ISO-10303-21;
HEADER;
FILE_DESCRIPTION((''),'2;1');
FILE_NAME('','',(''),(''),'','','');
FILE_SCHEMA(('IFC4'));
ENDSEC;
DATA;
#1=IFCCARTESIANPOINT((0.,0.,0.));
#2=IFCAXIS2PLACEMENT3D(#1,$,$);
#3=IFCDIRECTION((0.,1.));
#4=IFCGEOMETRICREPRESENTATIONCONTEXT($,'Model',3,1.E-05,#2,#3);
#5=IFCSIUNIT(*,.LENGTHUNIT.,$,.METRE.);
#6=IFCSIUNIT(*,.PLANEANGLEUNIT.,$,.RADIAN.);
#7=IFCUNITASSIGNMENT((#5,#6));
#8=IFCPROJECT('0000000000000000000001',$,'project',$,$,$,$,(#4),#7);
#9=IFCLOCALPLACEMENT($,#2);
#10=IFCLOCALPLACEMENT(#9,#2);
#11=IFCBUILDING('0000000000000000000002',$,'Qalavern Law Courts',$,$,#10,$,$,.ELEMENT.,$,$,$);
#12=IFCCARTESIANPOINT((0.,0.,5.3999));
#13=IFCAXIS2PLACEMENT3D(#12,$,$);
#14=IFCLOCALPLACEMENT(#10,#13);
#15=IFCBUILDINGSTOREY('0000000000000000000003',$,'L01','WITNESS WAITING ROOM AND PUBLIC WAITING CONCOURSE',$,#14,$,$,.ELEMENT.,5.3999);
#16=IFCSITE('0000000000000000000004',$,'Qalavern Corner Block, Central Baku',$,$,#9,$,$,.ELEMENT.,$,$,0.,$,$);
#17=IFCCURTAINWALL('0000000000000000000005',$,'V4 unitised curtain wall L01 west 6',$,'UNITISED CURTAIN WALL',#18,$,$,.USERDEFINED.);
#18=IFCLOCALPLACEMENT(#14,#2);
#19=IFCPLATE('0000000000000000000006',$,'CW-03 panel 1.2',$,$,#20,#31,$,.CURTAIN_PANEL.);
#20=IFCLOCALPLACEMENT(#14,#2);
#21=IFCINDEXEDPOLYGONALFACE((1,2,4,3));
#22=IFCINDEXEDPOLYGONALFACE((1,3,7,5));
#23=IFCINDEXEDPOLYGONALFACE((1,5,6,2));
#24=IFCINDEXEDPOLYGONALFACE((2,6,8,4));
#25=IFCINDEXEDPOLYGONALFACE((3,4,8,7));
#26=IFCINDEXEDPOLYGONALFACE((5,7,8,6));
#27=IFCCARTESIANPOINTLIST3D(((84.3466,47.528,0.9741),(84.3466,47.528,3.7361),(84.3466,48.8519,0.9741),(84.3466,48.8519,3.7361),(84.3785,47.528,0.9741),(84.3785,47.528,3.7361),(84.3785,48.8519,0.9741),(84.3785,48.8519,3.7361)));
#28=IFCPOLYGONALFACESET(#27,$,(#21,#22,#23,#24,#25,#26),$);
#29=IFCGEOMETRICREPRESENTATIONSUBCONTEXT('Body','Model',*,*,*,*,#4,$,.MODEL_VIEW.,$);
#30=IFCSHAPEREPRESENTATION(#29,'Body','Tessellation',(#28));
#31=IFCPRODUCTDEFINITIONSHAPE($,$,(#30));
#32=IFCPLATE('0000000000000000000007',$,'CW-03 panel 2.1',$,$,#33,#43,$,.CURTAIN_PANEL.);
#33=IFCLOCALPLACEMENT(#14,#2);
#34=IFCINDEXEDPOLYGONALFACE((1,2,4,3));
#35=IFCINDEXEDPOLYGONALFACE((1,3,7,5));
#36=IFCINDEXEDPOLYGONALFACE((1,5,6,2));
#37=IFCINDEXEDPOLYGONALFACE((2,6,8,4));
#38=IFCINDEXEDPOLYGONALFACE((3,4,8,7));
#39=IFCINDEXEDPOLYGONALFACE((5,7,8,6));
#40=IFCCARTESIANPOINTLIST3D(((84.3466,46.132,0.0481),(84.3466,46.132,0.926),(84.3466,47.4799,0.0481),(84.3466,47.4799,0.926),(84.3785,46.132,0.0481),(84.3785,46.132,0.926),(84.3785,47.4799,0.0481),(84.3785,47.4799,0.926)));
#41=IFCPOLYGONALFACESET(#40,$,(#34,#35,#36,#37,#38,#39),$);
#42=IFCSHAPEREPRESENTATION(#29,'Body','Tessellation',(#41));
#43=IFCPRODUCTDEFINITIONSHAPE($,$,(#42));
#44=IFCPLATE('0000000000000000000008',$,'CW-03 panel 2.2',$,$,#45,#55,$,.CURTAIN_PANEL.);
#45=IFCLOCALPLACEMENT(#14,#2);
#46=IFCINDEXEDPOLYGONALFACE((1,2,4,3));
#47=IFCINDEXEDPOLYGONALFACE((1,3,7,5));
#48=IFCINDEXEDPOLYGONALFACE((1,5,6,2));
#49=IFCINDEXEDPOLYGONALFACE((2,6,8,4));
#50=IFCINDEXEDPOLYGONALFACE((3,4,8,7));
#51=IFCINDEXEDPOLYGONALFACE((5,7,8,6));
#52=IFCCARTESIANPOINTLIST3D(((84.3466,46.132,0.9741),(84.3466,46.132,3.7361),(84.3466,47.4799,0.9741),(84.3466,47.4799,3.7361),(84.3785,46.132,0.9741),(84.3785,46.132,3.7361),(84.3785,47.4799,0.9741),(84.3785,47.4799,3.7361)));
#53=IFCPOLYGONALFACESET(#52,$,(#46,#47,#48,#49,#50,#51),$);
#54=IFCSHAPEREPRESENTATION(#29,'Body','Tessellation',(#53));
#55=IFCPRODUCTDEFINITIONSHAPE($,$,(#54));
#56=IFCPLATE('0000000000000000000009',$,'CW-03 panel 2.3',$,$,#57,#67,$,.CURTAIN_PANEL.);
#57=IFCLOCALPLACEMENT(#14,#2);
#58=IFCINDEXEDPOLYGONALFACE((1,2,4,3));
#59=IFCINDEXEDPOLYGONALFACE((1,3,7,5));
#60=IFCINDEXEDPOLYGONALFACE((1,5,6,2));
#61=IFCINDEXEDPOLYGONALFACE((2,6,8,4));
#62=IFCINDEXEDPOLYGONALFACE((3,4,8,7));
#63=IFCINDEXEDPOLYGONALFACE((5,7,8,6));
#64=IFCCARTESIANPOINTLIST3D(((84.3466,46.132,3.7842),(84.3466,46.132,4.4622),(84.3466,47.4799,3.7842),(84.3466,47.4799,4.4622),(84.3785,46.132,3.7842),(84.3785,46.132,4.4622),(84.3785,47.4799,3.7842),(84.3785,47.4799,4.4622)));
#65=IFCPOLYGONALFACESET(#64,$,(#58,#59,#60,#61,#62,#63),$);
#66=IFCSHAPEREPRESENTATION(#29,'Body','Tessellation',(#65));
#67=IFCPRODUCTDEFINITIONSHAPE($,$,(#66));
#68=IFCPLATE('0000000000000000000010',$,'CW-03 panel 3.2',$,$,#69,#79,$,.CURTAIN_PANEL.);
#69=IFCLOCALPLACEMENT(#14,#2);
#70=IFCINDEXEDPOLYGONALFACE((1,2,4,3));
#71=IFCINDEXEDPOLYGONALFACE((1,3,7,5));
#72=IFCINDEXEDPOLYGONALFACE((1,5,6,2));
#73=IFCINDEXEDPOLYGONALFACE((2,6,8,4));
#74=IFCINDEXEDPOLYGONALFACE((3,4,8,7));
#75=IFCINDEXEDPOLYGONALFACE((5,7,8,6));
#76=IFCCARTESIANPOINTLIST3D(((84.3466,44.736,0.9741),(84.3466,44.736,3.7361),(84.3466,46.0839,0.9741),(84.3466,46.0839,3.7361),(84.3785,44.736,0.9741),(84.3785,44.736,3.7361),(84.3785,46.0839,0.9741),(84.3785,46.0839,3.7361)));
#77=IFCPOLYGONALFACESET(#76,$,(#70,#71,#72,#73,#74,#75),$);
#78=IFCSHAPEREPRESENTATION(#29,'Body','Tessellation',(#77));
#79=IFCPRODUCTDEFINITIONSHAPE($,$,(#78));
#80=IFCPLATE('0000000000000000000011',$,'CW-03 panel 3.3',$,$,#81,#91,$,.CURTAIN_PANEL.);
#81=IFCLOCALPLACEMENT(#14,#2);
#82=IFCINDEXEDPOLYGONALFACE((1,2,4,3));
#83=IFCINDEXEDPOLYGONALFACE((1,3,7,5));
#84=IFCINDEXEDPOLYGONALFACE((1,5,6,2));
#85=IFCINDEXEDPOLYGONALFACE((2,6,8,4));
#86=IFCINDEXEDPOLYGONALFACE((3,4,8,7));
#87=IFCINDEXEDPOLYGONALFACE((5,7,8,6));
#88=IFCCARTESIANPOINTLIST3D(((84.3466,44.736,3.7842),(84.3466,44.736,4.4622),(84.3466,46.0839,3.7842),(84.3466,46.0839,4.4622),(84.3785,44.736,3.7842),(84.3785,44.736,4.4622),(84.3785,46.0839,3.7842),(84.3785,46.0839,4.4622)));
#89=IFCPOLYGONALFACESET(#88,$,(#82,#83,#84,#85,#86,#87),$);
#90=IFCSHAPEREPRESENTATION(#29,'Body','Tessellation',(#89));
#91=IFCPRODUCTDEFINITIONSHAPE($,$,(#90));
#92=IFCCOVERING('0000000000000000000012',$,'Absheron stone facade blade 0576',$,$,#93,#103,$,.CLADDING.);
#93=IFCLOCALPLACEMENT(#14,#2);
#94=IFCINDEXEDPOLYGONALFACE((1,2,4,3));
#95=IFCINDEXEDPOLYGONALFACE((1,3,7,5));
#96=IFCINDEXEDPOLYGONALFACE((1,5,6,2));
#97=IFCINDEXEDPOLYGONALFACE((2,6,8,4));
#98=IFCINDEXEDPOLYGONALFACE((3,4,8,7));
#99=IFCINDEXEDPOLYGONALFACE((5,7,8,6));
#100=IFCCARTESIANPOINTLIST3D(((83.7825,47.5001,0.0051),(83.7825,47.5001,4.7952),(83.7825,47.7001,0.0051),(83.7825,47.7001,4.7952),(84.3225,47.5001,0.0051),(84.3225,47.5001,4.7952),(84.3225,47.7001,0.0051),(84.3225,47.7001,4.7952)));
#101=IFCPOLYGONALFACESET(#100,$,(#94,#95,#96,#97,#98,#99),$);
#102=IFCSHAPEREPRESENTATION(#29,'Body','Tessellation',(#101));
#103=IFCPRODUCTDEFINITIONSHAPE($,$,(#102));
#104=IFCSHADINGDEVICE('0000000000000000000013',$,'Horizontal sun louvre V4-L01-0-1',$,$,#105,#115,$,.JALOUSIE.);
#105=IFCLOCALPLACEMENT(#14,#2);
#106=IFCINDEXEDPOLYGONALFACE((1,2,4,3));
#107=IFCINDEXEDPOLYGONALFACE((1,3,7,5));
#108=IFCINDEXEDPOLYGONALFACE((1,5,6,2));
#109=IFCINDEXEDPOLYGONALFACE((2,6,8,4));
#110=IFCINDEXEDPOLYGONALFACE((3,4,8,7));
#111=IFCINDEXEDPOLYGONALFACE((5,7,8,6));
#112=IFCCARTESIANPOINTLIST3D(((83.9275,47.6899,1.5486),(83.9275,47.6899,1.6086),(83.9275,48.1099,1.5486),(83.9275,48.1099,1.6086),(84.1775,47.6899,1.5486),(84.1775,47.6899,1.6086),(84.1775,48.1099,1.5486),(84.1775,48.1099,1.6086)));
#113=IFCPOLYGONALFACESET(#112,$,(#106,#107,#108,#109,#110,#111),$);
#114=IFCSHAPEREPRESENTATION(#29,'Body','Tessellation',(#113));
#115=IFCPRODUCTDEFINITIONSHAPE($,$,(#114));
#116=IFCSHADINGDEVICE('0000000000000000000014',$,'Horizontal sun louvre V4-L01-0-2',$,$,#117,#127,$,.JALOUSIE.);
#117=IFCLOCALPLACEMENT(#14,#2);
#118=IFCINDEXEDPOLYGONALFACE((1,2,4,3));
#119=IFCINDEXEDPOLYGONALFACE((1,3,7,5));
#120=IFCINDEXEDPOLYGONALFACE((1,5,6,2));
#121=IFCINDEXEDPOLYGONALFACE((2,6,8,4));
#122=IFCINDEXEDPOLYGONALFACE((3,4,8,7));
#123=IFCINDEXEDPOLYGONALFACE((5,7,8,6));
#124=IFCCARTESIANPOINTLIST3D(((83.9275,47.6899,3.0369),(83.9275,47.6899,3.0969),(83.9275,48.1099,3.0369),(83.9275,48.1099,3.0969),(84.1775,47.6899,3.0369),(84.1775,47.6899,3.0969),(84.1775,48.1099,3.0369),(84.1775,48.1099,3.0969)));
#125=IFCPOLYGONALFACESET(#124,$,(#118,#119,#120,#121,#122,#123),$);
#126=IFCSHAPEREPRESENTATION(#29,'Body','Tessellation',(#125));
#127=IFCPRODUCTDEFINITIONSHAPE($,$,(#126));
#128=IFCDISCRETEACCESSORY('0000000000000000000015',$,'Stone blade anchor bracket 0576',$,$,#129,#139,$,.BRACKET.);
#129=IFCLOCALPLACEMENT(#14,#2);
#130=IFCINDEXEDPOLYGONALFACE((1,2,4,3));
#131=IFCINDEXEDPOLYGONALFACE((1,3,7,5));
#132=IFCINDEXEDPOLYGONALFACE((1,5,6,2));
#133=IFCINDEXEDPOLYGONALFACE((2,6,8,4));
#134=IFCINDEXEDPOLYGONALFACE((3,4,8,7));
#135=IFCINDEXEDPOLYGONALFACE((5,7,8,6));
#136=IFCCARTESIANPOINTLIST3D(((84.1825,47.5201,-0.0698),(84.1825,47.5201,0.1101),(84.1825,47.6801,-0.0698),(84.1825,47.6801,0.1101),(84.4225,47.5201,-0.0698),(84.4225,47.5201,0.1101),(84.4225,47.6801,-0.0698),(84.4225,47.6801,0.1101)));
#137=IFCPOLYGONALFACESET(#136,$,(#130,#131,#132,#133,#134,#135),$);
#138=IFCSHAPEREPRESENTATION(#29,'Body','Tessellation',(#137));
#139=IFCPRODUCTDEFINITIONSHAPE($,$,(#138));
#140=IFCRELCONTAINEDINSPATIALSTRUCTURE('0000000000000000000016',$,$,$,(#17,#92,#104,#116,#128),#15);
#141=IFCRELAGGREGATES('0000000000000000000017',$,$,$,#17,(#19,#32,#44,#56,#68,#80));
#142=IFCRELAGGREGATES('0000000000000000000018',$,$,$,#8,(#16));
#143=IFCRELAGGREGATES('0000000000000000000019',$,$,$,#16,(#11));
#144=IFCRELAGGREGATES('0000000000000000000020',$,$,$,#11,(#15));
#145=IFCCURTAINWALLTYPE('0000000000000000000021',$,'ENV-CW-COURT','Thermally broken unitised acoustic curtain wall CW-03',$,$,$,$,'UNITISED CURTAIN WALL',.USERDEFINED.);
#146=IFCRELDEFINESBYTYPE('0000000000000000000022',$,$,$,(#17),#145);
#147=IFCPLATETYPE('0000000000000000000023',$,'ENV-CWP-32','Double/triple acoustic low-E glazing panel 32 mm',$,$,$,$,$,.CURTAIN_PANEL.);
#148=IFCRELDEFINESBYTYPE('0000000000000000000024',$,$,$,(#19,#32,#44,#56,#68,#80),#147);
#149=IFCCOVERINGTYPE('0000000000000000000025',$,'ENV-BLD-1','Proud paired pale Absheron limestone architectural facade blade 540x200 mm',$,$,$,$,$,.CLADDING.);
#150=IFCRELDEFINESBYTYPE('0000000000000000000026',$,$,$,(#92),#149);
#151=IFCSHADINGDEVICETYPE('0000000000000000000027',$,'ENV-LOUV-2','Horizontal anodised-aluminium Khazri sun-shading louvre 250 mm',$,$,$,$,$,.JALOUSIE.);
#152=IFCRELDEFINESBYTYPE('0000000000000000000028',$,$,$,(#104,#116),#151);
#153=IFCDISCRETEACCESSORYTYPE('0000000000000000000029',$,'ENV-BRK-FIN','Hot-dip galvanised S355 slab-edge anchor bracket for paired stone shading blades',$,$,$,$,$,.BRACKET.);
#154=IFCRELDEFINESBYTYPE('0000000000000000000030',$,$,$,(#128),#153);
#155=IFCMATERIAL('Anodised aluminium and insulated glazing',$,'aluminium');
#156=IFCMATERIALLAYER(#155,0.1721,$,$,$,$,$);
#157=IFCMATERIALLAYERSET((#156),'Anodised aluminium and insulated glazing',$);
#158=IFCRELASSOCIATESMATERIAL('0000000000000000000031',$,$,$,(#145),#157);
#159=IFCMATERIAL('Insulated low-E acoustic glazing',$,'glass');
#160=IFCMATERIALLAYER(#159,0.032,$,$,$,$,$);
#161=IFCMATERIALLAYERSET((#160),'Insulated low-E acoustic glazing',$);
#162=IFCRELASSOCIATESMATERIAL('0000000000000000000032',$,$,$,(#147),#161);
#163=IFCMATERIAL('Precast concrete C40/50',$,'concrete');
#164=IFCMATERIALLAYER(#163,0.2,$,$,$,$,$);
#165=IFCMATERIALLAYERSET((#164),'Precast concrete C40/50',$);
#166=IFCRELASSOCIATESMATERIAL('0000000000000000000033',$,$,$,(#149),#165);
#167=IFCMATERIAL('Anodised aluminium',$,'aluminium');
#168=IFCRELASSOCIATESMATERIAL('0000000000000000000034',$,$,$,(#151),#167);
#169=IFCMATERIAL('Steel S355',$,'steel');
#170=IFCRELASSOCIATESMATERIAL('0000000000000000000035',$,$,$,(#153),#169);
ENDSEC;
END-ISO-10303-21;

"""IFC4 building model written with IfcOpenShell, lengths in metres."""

from ifc_helpers import new_model, si_unit, direction, frame, origin, origin_2d, place, context, subcontext, project, spatial, rectangle, extrude, material, layer, layer_set, type_object, element, aggregate, save


model = new_model("IFC4")

# Units and contexts
model_context = context("Model", 3, precision=1e-05, world=origin(), true_north=direction((0.0, 1.0)))
body_context = subcontext(model_context, "Body", "Model", "MODEL_VIEW")
ifc_project = project(units=[si_unit("LENGTHUNIT", "METRE"), si_unit("PLANEANGLEUNIT", "RADIAN")], contexts=[model_context])

# Site, building, storey
site_placement = place(None, origin())
site = spatial("IfcSite", under=ifc_project, at=site_placement, Name="Qalavern Corner Block, Central Baku", CompositionType="ELEMENT", RefElevation=0.0)
building_placement = place(site_placement, origin())
building = spatial("IfcBuilding", under=site, at=building_placement, Name="Qalavern Law Courts", CompositionType="ELEMENT")
storey_placement = place(building_placement, frame((0.0, 0.0, 5.3999)))
storey = spatial("IfcBuildingStorey", under=building, at=storey_placement, Name="L01", Description="WITNESS WAITING ROOM AND PUBLIC WAITING CONCOURSE", CompositionType="ELEMENT", Elevation=5.3999)

# Curtain wall, plates
ifc_material_1 = material(Name="Anodised aluminium and insulated glazing", Category="aluminium")
ifc_layer_1 = layer(ifc_material_1, 0.1721)
ifc_layer_set_1 = layer_set([ifc_layer_1], Name="Anodised aluminium and insulated glazing")
curtain_wall_type = type_object("IfcCurtainWallType", Name="ENV-CW-COURT", Description="Thermally broken unitised acoustic curtain wall CW-03", ElementType="UNITISED CURTAIN WALL", PredefinedType="USERDEFINED", material=ifc_layer_set_1)
curtain_wall_placement = place(storey_placement, origin())
curtain_wall = element("IfcCurtainWall", 1, at=curtain_wall_placement, inside=storey, type_object=curtain_wall_type, Name="V4 unitised curtain wall L01 west 6", ObjectType="UNITISED CURTAIN WALL", PredefinedType="USERDEFINED")
ifc_material_2 = material(Name="Anodised aluminium", Category="aluminium")
ifc_material_3 = material(Name="Insulated low-E acoustic glazing", Category="glass")
ifc_layer_2 = layer(ifc_material_3, 0.032)
ifc_layer_set_2 = layer_set([ifc_layer_2], Name="Insulated low-E acoustic glazing")
plate_type = type_object("IfcPlateType", Name="ENV-CWP-32", Description="Double/triple acoustic low-E glazing panel 32 mm", PredefinedType="CURTAIN_PANEL", material=ifc_layer_set_2)
plate_1_placement = place(storey_placement, frame((84.3625, 48.1899, 0.9741), z_axis=(0.0, 0.0, 1.0), x_axis=(0.0, -1.0, 0.0)))
plate_1 = element("IfcPlate", 2, at=plate_1_placement, type_object=plate_type, Name="CW-03 panel 1.2", PredefinedType="CURTAIN_PANEL", context=body_context, shape_type="SweptSolid", body=[
    extrude(rectangle(XDim=1.324, YDim=0.032, at=origin_2d()), origin(), (0.0, 0.0, 1.0), 2.762),
])
plate_2_placement = place(storey_placement, frame((84.3625, 46.8059, 0.0481), z_axis=(0.0, 0.0, 1.0), x_axis=(0.0, -1.0, 0.0)))
plate_2 = element("IfcPlate", 3, at=plate_2_placement, type_object=plate_type, Name="CW-03 panel 2.1", PredefinedType="CURTAIN_PANEL", context=body_context, shape_type="SweptSolid", body=[
    extrude(rectangle(XDim=1.3479, YDim=0.032, at=origin_2d()), origin(), (0.0, 0.0, 1.0), 0.8779),
])
plate_3_placement = place(storey_placement, frame((84.3625, 46.8059, 0.9741), z_axis=(0.0, 0.0, 1.0), x_axis=(0.0, -1.0, 0.0)))
plate_3 = element("IfcPlate", 4, at=plate_3_placement, type_object=plate_type, Name="CW-03 panel 2.2", PredefinedType="CURTAIN_PANEL", context=body_context, shape_type="SweptSolid", body=[
    extrude(rectangle(XDim=1.3479, YDim=0.032, at=origin_2d()), origin(), (0.0, 0.0, 1.0), 2.762),
])
plate_4_placement = place(storey_placement, frame((84.3625, 46.8059, 3.7842), z_axis=(0.0, 0.0, 1.0), x_axis=(0.0, -1.0, 0.0)))
plate_4 = element("IfcPlate", 5, at=plate_4_placement, type_object=plate_type, Name="CW-03 panel 2.3", PredefinedType="CURTAIN_PANEL", context=body_context, shape_type="SweptSolid", body=[
    extrude(rectangle(XDim=1.3479, YDim=0.032, at=origin_2d()), origin(), (0.0, 0.0, 1.0), 0.678),
])
plate_5_placement = place(storey_placement, frame((84.3625, 45.4099, 0.9741), z_axis=(0.0, 0.0, 1.0), x_axis=(0.0, -1.0, 0.0)))
plate_5 = element("IfcPlate", 6, at=plate_5_placement, type_object=plate_type, Name="CW-03 panel 3.2", PredefinedType="CURTAIN_PANEL", context=body_context, shape_type="SweptSolid", body=[
    extrude(rectangle(XDim=1.3479, YDim=0.032, at=origin_2d()), origin(), (0.0, 0.0, 1.0), 2.762),
])
plate_6_placement = place(storey_placement, frame((84.3625, 45.4099, 3.7842), z_axis=(0.0, 0.0, 1.0), x_axis=(0.0, -1.0, 0.0)))
plate_6 = element("IfcPlate", 7, at=plate_6_placement, type_object=plate_type, Name="CW-03 panel 3.3", PredefinedType="CURTAIN_PANEL", context=body_context, shape_type="SweptSolid", body=[
    extrude(rectangle(XDim=1.3479, YDim=0.032, at=origin_2d()), origin(), (0.0, 0.0, 1.0), 0.678),
])
aggregate(curtain_wall, [plate_1, plate_2, plate_3, plate_4, plate_5, plate_6])

# Covering
ifc_material_4 = material(Name="Precast concrete C40/50", Category="concrete")
ifc_layer_3 = layer(ifc_material_4, 0.2)
ifc_layer_set_3 = layer_set([ifc_layer_3], Name="Precast concrete C40/50")
covering_type = type_object("IfcCoveringType", Name="ENV-BLD-1", Description="Proud paired pale Absheron limestone architectural facade blade 540x200 mm", PredefinedType="CLADDING", material=ifc_layer_set_3)
covering_placement = place(storey_placement, frame((84.0525, 47.6001, 0.0051), z_axis=(0.0, 0.0, 1.0), x_axis=(-1.0, 0.0, 0.0)))
element("IfcCovering", 8, at=covering_placement, inside=storey, type_object=covering_type, Name="Absheron stone facade blade 0576", PredefinedType="CLADDING", context=body_context, shape_type="SweptSolid", body=[
    extrude(rectangle(XDim=0.54, YDim=0.2, at=origin_2d()), origin(), (0.0, 0.0, 1.0), 4.79),
])

# Shading devices
shading_device_type = type_object("IfcShadingDeviceType", Name="ENV-LOUV-2", Description="Horizontal anodised-aluminium Khazri sun-shading louvre 250 mm", PredefinedType="JALOUSIE", material=ifc_material_2)
for number, where, z_axis, x_axis, name in (
    (9, (84.0525, 47.8999, 1.5486), (0.0, 0.0, 1.0), (0.0, -1.0, 0.0), "Horizontal sun louvre V4-L01-0-1"),
    (10, (84.0525, 47.8999, 3.0369), (0.0, 0.0, 1.0), (0.0, -1.0, 0.0), "Horizontal sun louvre V4-L01-0-2"),
):
    element("IfcShadingDevice", number, at=place(storey_placement, frame(where, z_axis=z_axis, x_axis=x_axis)), inside=storey, type_object=shading_device_type, Name=name, PredefinedType="JALOUSIE", context=body_context, shape_type="SweptSolid", body=[
        extrude(rectangle(XDim=0.4199, YDim=0.25, at=origin_2d()), origin(), (0.0, 0.0, 1.0), 0.0601),
    ])

# Discrete accessory
ifc_material_5 = material(Name="Steel S355", Category="steel")
discrete_accessory_type = type_object("IfcDiscreteAccessoryType", Name="ENV-BRK-FIN", Description="Hot-dip galvanised S355 slab-edge anchor bracket for paired stone shading blades", PredefinedType="BRACKET", material=ifc_material_5)
discrete_accessory_placement = place(storey_placement, frame((84.3025, 47.6001, -0.0698), z_axis=(0.0, 0.0, 1.0), x_axis=(-1.0, 0.0, 0.0)))
element("IfcDiscreteAccessory", 11, at=discrete_accessory_placement, inside=storey, type_object=discrete_accessory_type, Name="Stone blade anchor bracket 0576", PredefinedType="BRACKET", context=body_context, shape_type="SweptSolid", body=[
    extrude(rectangle(XDim=0.24, YDim=0.1599, at=origin_2d()), origin(), (0.0, 0.0, 1.0), 0.1799),
])

save(model, "model.ifc")
